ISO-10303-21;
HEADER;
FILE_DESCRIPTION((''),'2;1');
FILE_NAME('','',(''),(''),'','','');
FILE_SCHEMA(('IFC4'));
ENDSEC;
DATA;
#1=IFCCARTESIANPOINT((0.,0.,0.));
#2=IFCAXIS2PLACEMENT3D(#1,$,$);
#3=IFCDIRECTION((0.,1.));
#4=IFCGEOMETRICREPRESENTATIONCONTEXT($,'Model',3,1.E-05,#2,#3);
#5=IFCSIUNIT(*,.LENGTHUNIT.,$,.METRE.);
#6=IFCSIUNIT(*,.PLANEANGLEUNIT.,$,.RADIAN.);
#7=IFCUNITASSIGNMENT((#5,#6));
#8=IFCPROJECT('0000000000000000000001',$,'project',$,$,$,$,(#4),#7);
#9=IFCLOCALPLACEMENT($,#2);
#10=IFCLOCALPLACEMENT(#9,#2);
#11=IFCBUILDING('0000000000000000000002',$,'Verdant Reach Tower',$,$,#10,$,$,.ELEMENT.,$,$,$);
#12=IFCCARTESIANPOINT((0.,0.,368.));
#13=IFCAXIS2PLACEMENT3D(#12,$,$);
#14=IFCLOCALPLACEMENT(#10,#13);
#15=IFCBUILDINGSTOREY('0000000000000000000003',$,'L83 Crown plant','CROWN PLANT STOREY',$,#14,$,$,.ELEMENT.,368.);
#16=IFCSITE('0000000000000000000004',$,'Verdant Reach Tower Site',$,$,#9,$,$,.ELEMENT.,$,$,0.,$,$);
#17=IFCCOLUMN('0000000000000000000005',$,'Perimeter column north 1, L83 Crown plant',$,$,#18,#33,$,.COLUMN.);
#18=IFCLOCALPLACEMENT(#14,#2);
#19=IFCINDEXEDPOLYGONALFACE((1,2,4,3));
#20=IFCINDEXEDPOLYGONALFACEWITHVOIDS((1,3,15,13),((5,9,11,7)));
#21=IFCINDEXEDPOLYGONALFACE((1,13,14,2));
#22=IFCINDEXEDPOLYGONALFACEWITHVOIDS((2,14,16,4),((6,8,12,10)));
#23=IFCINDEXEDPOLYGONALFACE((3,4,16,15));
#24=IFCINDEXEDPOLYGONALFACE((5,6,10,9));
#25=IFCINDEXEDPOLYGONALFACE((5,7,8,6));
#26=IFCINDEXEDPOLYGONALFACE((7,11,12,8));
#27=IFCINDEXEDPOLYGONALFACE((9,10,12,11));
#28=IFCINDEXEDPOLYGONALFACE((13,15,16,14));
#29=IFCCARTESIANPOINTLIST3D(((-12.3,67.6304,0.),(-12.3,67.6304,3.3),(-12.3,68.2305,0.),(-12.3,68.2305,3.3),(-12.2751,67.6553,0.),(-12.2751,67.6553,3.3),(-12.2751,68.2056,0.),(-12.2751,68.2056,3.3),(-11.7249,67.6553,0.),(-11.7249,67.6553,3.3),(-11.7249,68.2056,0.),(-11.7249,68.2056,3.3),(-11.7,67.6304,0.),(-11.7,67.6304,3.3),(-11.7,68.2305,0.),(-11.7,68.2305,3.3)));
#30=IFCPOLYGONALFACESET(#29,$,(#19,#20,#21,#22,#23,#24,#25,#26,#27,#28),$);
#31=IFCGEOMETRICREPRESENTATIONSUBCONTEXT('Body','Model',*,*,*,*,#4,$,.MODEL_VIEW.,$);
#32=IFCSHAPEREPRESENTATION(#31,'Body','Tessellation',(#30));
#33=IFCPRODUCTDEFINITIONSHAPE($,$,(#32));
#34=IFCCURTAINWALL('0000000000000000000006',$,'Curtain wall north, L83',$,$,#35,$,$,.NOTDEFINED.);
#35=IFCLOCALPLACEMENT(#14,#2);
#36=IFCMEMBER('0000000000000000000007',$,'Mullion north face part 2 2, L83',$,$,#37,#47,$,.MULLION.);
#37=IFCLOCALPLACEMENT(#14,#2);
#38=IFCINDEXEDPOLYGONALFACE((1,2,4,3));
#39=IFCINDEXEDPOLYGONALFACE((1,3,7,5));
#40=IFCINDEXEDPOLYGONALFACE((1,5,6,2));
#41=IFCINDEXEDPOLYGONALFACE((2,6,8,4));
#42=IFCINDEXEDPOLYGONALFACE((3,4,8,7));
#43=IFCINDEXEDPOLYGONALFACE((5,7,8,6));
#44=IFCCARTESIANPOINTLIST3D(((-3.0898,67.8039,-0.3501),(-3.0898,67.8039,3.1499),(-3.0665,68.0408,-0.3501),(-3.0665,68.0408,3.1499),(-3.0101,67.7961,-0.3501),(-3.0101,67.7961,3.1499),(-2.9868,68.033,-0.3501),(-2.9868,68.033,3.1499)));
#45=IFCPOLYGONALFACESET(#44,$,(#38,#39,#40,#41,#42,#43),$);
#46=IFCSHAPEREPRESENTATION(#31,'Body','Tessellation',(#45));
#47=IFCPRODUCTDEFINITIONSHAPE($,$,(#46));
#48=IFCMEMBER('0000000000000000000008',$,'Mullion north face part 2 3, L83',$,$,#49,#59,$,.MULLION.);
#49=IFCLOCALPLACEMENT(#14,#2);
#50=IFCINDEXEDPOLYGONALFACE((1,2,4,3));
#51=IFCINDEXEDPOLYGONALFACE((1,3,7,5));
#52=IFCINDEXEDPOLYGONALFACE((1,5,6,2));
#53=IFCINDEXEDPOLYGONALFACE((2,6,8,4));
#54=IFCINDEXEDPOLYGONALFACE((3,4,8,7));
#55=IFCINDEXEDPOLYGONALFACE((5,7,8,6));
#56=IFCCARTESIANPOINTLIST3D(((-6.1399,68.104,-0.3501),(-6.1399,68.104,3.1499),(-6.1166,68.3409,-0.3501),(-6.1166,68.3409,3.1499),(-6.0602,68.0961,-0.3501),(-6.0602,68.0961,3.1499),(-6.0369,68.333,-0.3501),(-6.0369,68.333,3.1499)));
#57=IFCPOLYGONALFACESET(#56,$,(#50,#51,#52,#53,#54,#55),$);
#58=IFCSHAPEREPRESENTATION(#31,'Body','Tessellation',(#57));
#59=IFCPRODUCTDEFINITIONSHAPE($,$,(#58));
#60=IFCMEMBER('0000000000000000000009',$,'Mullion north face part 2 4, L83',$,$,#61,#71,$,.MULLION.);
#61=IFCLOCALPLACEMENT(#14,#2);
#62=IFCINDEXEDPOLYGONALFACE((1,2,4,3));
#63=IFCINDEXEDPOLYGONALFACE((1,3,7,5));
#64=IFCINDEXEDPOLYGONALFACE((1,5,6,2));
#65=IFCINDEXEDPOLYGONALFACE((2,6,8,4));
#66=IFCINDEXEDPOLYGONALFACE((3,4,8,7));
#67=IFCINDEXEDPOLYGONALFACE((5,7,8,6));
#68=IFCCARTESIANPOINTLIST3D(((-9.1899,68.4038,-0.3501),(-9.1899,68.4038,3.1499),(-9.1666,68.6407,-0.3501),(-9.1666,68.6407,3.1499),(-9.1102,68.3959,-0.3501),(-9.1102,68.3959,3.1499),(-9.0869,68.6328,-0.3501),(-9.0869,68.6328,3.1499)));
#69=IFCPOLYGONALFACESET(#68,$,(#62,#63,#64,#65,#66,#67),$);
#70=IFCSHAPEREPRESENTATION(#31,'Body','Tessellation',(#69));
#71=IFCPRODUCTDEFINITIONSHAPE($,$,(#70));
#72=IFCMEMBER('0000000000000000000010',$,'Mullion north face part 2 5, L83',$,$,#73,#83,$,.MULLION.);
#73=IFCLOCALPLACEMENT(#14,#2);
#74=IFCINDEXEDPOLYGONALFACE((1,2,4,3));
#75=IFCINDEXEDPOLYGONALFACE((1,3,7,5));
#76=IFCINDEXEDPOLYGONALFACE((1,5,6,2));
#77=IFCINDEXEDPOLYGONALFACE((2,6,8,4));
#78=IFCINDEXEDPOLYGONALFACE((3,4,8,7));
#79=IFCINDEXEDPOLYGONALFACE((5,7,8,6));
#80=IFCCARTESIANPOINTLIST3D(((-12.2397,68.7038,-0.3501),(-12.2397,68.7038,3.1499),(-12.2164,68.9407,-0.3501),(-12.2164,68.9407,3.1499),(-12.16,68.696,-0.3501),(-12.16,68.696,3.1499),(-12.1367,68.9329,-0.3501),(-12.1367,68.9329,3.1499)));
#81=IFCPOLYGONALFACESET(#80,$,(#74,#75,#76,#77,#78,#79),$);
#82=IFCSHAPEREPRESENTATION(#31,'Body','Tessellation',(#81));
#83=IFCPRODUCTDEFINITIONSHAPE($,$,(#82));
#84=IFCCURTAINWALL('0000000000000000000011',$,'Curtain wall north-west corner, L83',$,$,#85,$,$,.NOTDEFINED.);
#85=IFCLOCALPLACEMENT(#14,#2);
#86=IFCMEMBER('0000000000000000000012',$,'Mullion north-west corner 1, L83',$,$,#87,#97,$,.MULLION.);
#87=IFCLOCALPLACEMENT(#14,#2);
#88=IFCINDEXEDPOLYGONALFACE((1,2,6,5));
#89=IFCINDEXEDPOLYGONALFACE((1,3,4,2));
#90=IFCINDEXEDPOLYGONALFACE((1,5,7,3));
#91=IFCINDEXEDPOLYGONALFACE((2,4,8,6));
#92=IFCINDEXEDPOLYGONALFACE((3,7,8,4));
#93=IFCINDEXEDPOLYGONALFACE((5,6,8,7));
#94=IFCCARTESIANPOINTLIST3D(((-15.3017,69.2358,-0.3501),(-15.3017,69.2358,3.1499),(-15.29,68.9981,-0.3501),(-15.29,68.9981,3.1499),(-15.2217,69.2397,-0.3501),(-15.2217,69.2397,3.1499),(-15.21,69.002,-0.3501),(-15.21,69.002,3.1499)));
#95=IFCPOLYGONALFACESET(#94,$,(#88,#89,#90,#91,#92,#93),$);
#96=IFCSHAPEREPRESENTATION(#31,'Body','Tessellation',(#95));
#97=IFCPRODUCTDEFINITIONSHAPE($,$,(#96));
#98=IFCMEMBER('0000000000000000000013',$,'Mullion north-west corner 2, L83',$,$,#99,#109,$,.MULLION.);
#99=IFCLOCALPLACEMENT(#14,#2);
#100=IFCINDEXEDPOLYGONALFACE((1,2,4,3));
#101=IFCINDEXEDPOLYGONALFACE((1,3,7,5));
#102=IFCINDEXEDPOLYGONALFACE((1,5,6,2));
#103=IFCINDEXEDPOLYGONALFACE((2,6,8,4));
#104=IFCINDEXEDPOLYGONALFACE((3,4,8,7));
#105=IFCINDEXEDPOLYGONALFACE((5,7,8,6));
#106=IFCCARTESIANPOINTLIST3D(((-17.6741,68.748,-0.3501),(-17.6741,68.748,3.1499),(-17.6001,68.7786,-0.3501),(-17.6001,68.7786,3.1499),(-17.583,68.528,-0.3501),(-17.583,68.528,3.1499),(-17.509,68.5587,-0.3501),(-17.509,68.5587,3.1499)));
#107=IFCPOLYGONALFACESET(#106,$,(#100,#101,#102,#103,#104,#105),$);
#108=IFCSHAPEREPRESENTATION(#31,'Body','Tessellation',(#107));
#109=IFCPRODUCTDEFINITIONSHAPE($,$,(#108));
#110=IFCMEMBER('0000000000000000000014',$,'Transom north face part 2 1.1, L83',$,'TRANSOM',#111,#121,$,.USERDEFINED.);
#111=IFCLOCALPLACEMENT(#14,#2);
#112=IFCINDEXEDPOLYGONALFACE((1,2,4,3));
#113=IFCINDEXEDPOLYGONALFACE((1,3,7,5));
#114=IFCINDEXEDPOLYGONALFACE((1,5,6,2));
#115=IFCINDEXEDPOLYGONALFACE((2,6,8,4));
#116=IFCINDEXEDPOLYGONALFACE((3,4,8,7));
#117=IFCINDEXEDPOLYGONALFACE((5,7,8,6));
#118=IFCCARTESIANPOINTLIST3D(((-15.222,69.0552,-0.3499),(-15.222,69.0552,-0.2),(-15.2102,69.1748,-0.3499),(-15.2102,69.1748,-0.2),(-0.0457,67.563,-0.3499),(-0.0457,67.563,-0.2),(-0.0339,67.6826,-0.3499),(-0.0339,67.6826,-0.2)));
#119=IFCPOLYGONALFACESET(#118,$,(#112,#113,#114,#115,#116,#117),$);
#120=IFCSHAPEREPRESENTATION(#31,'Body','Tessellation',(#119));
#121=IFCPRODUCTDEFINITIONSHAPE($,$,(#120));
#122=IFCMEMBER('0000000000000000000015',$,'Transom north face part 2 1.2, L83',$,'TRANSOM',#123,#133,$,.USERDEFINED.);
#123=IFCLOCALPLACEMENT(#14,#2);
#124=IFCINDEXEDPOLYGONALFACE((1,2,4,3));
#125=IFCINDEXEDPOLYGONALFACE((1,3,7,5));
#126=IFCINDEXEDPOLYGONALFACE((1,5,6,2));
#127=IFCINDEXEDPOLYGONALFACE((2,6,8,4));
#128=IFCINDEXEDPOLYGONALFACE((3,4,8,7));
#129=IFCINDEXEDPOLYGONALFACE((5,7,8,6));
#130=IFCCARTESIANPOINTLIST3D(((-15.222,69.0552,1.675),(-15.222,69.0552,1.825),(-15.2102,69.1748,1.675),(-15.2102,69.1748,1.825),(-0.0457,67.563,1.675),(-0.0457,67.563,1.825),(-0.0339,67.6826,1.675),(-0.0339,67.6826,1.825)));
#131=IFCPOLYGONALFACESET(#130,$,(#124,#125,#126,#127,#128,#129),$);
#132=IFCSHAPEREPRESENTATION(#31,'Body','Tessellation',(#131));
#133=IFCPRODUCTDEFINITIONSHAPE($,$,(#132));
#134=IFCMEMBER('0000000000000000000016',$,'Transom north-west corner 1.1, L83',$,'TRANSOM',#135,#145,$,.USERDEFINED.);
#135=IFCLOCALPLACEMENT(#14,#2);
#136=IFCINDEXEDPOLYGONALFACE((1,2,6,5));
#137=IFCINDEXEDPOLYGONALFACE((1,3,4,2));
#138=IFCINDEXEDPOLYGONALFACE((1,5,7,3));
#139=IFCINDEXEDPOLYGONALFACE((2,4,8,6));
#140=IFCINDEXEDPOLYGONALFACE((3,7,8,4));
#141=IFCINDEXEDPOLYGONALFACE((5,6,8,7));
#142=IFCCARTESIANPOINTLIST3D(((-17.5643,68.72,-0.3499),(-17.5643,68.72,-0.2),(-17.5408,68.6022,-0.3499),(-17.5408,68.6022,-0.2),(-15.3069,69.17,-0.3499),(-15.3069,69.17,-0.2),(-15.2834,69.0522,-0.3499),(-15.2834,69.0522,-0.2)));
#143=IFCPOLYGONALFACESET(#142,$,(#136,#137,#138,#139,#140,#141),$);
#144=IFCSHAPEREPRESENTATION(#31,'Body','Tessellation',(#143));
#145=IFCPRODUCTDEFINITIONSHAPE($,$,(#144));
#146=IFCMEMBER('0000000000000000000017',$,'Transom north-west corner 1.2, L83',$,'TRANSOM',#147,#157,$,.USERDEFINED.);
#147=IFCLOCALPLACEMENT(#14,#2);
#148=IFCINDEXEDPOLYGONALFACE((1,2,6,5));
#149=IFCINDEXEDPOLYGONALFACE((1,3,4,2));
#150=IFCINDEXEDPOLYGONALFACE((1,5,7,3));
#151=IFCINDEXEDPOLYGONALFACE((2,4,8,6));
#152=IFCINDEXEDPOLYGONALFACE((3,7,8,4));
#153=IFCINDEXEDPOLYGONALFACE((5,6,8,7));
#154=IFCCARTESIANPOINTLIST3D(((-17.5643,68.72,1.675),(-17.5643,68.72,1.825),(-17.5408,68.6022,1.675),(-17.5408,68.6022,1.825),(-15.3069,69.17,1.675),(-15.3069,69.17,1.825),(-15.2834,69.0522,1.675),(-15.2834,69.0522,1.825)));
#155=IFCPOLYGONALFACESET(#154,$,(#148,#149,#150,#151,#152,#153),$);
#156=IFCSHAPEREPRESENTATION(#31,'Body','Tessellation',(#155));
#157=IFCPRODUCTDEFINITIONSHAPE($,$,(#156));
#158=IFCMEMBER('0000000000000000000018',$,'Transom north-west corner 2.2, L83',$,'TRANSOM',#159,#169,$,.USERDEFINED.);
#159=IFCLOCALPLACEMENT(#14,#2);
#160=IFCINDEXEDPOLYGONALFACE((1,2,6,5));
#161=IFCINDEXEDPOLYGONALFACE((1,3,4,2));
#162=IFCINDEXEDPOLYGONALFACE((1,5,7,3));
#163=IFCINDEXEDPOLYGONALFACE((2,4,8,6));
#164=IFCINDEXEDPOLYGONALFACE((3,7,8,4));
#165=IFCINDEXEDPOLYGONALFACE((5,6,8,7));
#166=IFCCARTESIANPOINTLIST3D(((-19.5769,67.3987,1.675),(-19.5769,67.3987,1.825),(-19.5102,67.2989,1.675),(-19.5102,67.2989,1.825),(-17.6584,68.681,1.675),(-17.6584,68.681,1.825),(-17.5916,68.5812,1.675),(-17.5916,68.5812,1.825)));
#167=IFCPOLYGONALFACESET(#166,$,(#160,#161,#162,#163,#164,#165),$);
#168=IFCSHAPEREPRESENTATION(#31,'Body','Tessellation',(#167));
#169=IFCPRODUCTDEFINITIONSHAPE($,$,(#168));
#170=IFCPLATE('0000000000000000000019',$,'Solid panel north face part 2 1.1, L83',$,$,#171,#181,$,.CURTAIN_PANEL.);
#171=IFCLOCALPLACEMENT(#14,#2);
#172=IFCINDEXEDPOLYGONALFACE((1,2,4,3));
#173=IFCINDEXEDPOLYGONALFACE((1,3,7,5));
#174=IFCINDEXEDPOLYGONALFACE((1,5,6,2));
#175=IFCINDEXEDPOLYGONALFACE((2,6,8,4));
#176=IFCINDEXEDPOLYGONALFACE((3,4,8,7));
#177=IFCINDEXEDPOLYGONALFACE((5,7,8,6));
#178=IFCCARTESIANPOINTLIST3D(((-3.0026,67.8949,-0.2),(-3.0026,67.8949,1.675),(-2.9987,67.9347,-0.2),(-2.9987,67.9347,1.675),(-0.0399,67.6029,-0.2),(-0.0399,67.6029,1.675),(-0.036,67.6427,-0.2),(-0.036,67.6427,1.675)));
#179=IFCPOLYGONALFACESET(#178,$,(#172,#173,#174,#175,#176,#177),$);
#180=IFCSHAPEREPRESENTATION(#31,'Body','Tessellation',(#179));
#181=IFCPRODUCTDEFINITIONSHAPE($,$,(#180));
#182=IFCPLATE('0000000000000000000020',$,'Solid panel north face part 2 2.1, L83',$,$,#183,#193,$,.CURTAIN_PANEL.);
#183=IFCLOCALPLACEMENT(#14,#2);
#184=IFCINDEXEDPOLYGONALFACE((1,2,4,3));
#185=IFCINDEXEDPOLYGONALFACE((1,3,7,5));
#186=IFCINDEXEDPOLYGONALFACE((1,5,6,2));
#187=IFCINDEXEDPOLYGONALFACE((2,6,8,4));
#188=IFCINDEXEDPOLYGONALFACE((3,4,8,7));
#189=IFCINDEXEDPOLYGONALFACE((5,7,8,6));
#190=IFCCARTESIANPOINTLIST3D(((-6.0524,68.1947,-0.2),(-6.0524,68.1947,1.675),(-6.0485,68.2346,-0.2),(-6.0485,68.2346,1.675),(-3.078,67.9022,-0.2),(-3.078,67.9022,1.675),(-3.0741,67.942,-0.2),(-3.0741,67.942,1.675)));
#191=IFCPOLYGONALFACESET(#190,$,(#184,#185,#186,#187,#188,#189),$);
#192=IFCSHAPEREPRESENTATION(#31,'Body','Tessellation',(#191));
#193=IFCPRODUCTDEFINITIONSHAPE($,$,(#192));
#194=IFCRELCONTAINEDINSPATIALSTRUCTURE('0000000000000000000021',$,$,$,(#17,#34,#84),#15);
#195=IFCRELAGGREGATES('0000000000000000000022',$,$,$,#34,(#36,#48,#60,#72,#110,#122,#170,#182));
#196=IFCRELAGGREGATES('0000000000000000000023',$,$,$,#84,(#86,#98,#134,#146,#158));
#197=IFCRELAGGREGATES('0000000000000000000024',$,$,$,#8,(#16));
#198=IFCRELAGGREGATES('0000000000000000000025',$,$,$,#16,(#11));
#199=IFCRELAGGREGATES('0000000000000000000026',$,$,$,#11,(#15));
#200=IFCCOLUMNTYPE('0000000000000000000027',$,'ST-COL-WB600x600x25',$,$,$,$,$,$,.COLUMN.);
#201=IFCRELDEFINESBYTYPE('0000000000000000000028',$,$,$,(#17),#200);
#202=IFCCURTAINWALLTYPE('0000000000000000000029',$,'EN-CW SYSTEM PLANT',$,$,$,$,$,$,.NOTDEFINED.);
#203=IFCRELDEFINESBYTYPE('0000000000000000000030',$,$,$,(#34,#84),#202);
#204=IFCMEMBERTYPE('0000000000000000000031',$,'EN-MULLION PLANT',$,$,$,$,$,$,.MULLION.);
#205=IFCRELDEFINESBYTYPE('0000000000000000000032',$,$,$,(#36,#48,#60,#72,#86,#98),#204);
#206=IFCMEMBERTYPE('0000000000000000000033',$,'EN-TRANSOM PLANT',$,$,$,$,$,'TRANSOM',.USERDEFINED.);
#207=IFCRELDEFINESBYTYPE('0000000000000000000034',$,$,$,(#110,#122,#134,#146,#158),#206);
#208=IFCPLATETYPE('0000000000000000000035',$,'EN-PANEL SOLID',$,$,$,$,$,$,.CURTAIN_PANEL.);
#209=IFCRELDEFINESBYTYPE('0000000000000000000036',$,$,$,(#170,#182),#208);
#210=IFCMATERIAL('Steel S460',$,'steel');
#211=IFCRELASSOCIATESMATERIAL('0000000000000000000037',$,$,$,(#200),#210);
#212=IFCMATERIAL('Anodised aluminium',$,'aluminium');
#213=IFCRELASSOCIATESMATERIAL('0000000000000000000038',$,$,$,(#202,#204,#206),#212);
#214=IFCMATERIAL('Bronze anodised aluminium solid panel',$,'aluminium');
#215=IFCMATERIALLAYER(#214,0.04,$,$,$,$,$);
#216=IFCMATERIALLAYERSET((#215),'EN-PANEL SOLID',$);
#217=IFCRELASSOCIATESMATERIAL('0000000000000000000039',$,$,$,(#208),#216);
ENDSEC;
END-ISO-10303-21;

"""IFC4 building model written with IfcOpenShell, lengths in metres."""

from ifc_helpers import new_model, si_unit, direction, frame, origin, origin_2d, place, context, subcontext, project, spatial, rectangle, hollow_rectangle, extrude, material, layer, layer_set, material_profile, profile_set, type_object, element, aggregate, save


model = new_model("IFC4")

# Units and contexts
model_context = context("Model", 3, precision=1e-05, world=origin(), true_north=direction((0.0, 1.0)))
body_context = subcontext(model_context, "Body", "Model", "MODEL_VIEW")
ifc_project = project(units=[si_unit("LENGTHUNIT", "METRE"), si_unit("PLANEANGLEUNIT", "RADIAN")], contexts=[model_context])

# Site, building, storey
site_placement = place(None, origin())
site = spatial("IfcSite", under=ifc_project, at=site_placement, Name="Verdant Reach Tower Site", CompositionType="ELEMENT", RefElevation=0.0)
building_placement = place(site_placement, origin())
building = spatial("IfcBuilding", under=site, at=building_placement, Name="Verdant Reach Tower", CompositionType="ELEMENT")
storey_placement = place(building_placement, frame((0.0, 0.0, 368.0)))
storey = spatial("IfcBuildingStorey", under=building, at=storey_placement, Name="L83 Crown plant", Description="CROWN PLANT STOREY", CompositionType="ELEMENT", Elevation=368.0)

# Column
ifc_material_1 = material(Name="Steel S460", Category="steel")
ifc_material_profile_1 = material_profile(ifc_material_1, hollow_rectangle(XDim=0.6001, YDim=0.6001, WallThickness=0.0249, at=origin_2d()), Name="WB 600x600x25")
ifc_profile_set_1 = profile_set([ifc_material_profile_1], Name="Steel S460")
column_type = type_object("IfcColumnType", Name="ST-COL-WB600x600x25", PredefinedType="COLUMN", material=ifc_profile_set_1)
column_placement = place(storey_placement, frame((-12.0, 67.9304, 0.0), z_axis=(0.0, 0.0, 1.0), x_axis=(1.0, 0.0, 0.0)))
element("IfcColumn", 1, at=column_placement, inside=storey, type_object=column_type, Name="Perimeter column north 1, L83 Crown plant", PredefinedType="COLUMN", context=body_context, shape_type="SweptSolid", body=[
    extrude(hollow_rectangle(XDim=0.6001, YDim=0.6001, WallThickness=0.0249, at=origin_2d()), origin(), (0.0, 0.0, 1.0), 3.3),
])

# Curtain walls, members
ifc_material_2 = material(Name="Anodised aluminium", Category="aluminium")
curtain_wall_type = type_object("IfcCurtainWallType", Name="EN-CW SYSTEM PLANT", PredefinedType="NOTDEFINED", material=ifc_material_2)
curtain_wall_1_placement = place(storey_placement, origin())
curtain_wall_1 = element("IfcCurtainWall", 2, at=curtain_wall_1_placement, inside=storey, type_object=curtain_wall_type, Name="Curtain wall north, L83", PredefinedType="NOTDEFINED")
ifc_material_profile_2 = material_profile(ifc_material_2, rectangle(XDim=0.238, YDim=0.0801, at=origin_2d()), Name="Mullion 80x240")
ifc_profile_set_2 = profile_set([ifc_material_profile_2], Name="Anodised aluminium")
member_type_1 = type_object("IfcMemberType", Name="EN-MULLION PLANT", PredefinedType="MULLION", material=ifc_profile_set_2)
member_1_placement = place(storey_placement, frame((-3.0383, 67.9185, -0.3501), z_axis=(0.0, 0.0, 1.0), x_axis=(0.097888, 0.995197, 0.0)))
member_1 = element("IfcMember", 3, at=member_1_placement, type_object=member_type_1, Name="Mullion north face part 2 2, L83", PredefinedType="MULLION", context=body_context, shape_type="SweptSolid", body=[
    extrude(rectangle(XDim=0.238, YDim=0.0801, at=origin_2d()), origin(), (0.0, 0.0, 1.0), 3.5),
])
member_2_placement = place(storey_placement, frame((-6.0884, 68.2185, -0.3501), z_axis=(0.0, 0.0, 1.0), x_axis=(0.097888, 0.995197, 0.0)))
member_2 = element("IfcMember", 4, at=member_2_placement, type_object=member_type_1, Name="Mullion north face part 2 3, L83", PredefinedType="MULLION", context=body_context, shape_type="SweptSolid", body=[
    extrude(rectangle(XDim=0.238, YDim=0.0801, at=origin_2d()), origin(), (0.0, 0.0, 1.0), 3.5),
])
member_3_placement = place(storey_placement, frame((-9.1384, 68.5183, -0.3501), z_axis=(0.0, 0.0, 1.0), x_axis=(0.097888, 0.995197, 0.0)))
member_3 = element("IfcMember", 5, at=member_3_placement, type_object=member_type_1, Name="Mullion north face part 2 4, L83", PredefinedType="MULLION", context=body_context, shape_type="SweptSolid", body=[
    extrude(rectangle(XDim=0.238, YDim=0.0801, at=origin_2d()), origin(), (0.0, 0.0, 1.0), 3.5),
])
member_4_placement = place(storey_placement, frame((-12.1882, 68.8184, -0.3501), z_axis=(0.0, 0.0, 1.0), x_axis=(0.097888, 0.995197, 0.0)))
member_4 = element("IfcMember", 6, at=member_4_placement, type_object=member_type_1, Name="Mullion north face part 2 5, L83", PredefinedType="MULLION", context=body_context, shape_type="SweptSolid", body=[
    extrude(rectangle(XDim=0.238, YDim=0.0801, at=origin_2d()), origin(), (0.0, 0.0, 1.0), 3.5),
])
curtain_wall_2_placement = place(storey_placement, origin())
curtain_wall_2 = element("IfcCurtainWall", 7, at=curtain_wall_2_placement, inside=storey, type_object=curtain_wall_type, Name="Curtain wall north-west corner, L83", PredefinedType="NOTDEFINED")
member_5_placement = place(storey_placement, frame((-15.2559, 69.1189, -0.3501), z_axis=(0.0, 0.0, 1.0), x_axis=(-0.049128, 0.998793, 0.0)))
member_5 = element("IfcMember", 8, at=member_5_placement, type_object=member_type_1, Name="Mullion north-west corner 1, L83", PredefinedType="MULLION", context=body_context, shape_type="SweptSolid", body=[
    extrude(rectangle(XDim=0.238, YDim=0.0801, at=origin_2d()), origin(), (0.0, 0.0, 1.0), 3.5),
])
member_6_placement = place(storey_placement, frame((-17.5916, 68.6533, -0.3501), z_axis=(0.0, 0.0, 1.0), x_axis=(-0.382694, 0.923875, 0.0)))
member_6 = element("IfcMember", 9, at=member_6_placement, type_object=member_type_1, Name="Mullion north-west corner 2, L83", PredefinedType="MULLION", context=body_context, shape_type="SweptSolid", body=[
    extrude(rectangle(XDim=0.238, YDim=0.0801, at=origin_2d()), origin(), (0.0, 0.0, 1.0), 3.5),
])

# Members
ifc_material_profile_3 = material_profile(ifc_material_2, rectangle(XDim=0.1201, YDim=0.1499, at=origin_2d()), Name="Transom 150x120")
ifc_profile_set_3 = profile_set([ifc_material_profile_3], Name="Anodised aluminium")
member_type_2 = type_object("IfcMemberType", Name="EN-TRANSOM PLANT", ElementType="TRANSOM", PredefinedType="USERDEFINED", material=ifc_profile_set_3)
member_7_placement = place(storey_placement, frame((-0.0398, 67.6228, -0.2749), z_axis=(-0.995201, 0.097852, 0.0), x_axis=(-0.097852, -0.995201, 0.0)))
member_7 = element("IfcMember", 10, at=member_7_placement, type_object=member_type_2, Name="Transom north face part 2 1.1, L83", ObjectType="TRANSOM", PredefinedType="USERDEFINED", context=body_context, shape_type="SweptSolid", body=[
    extrude(rectangle(XDim=0.1201, YDim=0.1499, at=origin_2d()), origin(), (0.0, 0.0, 1.0), 15.2495),
])
member_8_placement = place(storey_placement, frame((-0.0398, 67.6228, 1.75), z_axis=(-0.995201, 0.097852, 0.0), x_axis=(-0.097852, -0.995201, 0.0)))
member_8 = element("IfcMember", 11, at=member_8_placement, type_object=member_type_2, Name="Transom north face part 2 1.2, L83", ObjectType="TRANSOM", PredefinedType="USERDEFINED", context=body_context, shape_type="SweptSolid", body=[
    extrude(rectangle(XDim=0.1201, YDim=0.1499, at=origin_2d()), origin(), (0.0, 0.0, 1.0), 15.2495),
])
member_9_placement = place(storey_placement, frame((-15.2952, 69.1111, -0.2749), z_axis=(-0.980707, -0.195484, 0.0), x_axis=(0.195484, -0.980707, 0.0)))
member_9 = element("IfcMember", 12, at=member_9_placement, type_object=member_type_2, Name="Transom north-west corner 1.1, L83", ObjectType="TRANSOM", PredefinedType="USERDEFINED", context=body_context, shape_type="SweptSolid", body=[
    extrude(rectangle(XDim=0.1201, YDim=0.1499, at=origin_2d()), origin(), (0.0, 0.0, 1.0), 2.3018),
])
member_10_placement = place(storey_placement, frame((-15.2952, 69.1111, 1.75), z_axis=(-0.980707, -0.195484, 0.0), x_axis=(0.195484, -0.980707, 0.0)))
member_10 = element("IfcMember", 13, at=member_10_placement, type_object=member_type_2, Name="Transom north-west corner 1.2, L83", ObjectType="TRANSOM", PredefinedType="USERDEFINED", context=body_context, shape_type="SweptSolid", body=[
    extrude(rectangle(XDim=0.1201, YDim=0.1499, at=origin_2d()), origin(), (0.0, 0.0, 1.0), 2.3018),
])
member_11_placement = place(storey_placement, frame((-17.625, 68.6311, 1.75), z_axis=(-0.831399, -0.555676, 0.0), x_axis=(0.555676, -0.831399, 0.0)))
member_11 = element("IfcMember", 14, at=member_11_placement, type_object=member_type_2, Name="Transom north-west corner 2.2, L83", ObjectType="TRANSOM", PredefinedType="USERDEFINED", context=body_context, shape_type="SweptSolid", body=[
    extrude(rectangle(XDim=0.1201, YDim=0.1499, at=origin_2d()), origin(), (0.0, 0.0, 1.0), 2.3076),
])

# Plates
ifc_material_3 = material(Name="Bronze anodised aluminium solid panel", Category="aluminium")
ifc_layer_1 = layer(ifc_material_3, 0.04)
ifc_layer_set_1 = layer_set([ifc_layer_1], Name="EN-PANEL SOLID")
plate_type = type_object("IfcPlateType", Name="EN-PANEL SOLID", PredefinedType="CURTAIN_PANEL", material=ifc_layer_set_1)
plate_1_placement = place(storey_placement, frame((-1.5193, 67.7688, -0.2), z_axis=(0.0, 0.0, 1.0), x_axis=(-0.995179, 0.098075, 0.0)))
plate_1 = element("IfcPlate", 15, at=plate_1_placement, type_object=plate_type, Name="Solid panel north face part 2 1.1, L83", PredefinedType="CURTAIN_PANEL", context=body_context, shape_type="SweptSolid", body=[
    extrude(rectangle(XDim=2.9771, YDim=0.04, at=origin_2d()), origin(), (0.0, 0.0, 1.0), 1.875),
])
plate_2_placement = place(storey_placement, frame((-4.5632, 68.0684, -0.2), z_axis=(0.0, 0.0, 1.0), x_axis=(-0.995197, 0.097888, 0.0)))
plate_2 = element("IfcPlate", 16, at=plate_2_placement, type_object=plate_type, Name="Solid panel north face part 2 2.1, L83", PredefinedType="CURTAIN_PANEL", context=body_context, shape_type="SweptSolid", body=[
    extrude(rectangle(XDim=2.9888, YDim=0.04, at=origin_2d()), origin(), (0.0, 0.0, 1.0), 1.875),
])
aggregate(curtain_wall_1, [member_1, member_2, member_3, member_4, member_7, member_8, plate_1, plate_2])

aggregate(curtain_wall_2, [member_5, member_6, member_9, member_10, member_11])

save(model, "model.ifc")
